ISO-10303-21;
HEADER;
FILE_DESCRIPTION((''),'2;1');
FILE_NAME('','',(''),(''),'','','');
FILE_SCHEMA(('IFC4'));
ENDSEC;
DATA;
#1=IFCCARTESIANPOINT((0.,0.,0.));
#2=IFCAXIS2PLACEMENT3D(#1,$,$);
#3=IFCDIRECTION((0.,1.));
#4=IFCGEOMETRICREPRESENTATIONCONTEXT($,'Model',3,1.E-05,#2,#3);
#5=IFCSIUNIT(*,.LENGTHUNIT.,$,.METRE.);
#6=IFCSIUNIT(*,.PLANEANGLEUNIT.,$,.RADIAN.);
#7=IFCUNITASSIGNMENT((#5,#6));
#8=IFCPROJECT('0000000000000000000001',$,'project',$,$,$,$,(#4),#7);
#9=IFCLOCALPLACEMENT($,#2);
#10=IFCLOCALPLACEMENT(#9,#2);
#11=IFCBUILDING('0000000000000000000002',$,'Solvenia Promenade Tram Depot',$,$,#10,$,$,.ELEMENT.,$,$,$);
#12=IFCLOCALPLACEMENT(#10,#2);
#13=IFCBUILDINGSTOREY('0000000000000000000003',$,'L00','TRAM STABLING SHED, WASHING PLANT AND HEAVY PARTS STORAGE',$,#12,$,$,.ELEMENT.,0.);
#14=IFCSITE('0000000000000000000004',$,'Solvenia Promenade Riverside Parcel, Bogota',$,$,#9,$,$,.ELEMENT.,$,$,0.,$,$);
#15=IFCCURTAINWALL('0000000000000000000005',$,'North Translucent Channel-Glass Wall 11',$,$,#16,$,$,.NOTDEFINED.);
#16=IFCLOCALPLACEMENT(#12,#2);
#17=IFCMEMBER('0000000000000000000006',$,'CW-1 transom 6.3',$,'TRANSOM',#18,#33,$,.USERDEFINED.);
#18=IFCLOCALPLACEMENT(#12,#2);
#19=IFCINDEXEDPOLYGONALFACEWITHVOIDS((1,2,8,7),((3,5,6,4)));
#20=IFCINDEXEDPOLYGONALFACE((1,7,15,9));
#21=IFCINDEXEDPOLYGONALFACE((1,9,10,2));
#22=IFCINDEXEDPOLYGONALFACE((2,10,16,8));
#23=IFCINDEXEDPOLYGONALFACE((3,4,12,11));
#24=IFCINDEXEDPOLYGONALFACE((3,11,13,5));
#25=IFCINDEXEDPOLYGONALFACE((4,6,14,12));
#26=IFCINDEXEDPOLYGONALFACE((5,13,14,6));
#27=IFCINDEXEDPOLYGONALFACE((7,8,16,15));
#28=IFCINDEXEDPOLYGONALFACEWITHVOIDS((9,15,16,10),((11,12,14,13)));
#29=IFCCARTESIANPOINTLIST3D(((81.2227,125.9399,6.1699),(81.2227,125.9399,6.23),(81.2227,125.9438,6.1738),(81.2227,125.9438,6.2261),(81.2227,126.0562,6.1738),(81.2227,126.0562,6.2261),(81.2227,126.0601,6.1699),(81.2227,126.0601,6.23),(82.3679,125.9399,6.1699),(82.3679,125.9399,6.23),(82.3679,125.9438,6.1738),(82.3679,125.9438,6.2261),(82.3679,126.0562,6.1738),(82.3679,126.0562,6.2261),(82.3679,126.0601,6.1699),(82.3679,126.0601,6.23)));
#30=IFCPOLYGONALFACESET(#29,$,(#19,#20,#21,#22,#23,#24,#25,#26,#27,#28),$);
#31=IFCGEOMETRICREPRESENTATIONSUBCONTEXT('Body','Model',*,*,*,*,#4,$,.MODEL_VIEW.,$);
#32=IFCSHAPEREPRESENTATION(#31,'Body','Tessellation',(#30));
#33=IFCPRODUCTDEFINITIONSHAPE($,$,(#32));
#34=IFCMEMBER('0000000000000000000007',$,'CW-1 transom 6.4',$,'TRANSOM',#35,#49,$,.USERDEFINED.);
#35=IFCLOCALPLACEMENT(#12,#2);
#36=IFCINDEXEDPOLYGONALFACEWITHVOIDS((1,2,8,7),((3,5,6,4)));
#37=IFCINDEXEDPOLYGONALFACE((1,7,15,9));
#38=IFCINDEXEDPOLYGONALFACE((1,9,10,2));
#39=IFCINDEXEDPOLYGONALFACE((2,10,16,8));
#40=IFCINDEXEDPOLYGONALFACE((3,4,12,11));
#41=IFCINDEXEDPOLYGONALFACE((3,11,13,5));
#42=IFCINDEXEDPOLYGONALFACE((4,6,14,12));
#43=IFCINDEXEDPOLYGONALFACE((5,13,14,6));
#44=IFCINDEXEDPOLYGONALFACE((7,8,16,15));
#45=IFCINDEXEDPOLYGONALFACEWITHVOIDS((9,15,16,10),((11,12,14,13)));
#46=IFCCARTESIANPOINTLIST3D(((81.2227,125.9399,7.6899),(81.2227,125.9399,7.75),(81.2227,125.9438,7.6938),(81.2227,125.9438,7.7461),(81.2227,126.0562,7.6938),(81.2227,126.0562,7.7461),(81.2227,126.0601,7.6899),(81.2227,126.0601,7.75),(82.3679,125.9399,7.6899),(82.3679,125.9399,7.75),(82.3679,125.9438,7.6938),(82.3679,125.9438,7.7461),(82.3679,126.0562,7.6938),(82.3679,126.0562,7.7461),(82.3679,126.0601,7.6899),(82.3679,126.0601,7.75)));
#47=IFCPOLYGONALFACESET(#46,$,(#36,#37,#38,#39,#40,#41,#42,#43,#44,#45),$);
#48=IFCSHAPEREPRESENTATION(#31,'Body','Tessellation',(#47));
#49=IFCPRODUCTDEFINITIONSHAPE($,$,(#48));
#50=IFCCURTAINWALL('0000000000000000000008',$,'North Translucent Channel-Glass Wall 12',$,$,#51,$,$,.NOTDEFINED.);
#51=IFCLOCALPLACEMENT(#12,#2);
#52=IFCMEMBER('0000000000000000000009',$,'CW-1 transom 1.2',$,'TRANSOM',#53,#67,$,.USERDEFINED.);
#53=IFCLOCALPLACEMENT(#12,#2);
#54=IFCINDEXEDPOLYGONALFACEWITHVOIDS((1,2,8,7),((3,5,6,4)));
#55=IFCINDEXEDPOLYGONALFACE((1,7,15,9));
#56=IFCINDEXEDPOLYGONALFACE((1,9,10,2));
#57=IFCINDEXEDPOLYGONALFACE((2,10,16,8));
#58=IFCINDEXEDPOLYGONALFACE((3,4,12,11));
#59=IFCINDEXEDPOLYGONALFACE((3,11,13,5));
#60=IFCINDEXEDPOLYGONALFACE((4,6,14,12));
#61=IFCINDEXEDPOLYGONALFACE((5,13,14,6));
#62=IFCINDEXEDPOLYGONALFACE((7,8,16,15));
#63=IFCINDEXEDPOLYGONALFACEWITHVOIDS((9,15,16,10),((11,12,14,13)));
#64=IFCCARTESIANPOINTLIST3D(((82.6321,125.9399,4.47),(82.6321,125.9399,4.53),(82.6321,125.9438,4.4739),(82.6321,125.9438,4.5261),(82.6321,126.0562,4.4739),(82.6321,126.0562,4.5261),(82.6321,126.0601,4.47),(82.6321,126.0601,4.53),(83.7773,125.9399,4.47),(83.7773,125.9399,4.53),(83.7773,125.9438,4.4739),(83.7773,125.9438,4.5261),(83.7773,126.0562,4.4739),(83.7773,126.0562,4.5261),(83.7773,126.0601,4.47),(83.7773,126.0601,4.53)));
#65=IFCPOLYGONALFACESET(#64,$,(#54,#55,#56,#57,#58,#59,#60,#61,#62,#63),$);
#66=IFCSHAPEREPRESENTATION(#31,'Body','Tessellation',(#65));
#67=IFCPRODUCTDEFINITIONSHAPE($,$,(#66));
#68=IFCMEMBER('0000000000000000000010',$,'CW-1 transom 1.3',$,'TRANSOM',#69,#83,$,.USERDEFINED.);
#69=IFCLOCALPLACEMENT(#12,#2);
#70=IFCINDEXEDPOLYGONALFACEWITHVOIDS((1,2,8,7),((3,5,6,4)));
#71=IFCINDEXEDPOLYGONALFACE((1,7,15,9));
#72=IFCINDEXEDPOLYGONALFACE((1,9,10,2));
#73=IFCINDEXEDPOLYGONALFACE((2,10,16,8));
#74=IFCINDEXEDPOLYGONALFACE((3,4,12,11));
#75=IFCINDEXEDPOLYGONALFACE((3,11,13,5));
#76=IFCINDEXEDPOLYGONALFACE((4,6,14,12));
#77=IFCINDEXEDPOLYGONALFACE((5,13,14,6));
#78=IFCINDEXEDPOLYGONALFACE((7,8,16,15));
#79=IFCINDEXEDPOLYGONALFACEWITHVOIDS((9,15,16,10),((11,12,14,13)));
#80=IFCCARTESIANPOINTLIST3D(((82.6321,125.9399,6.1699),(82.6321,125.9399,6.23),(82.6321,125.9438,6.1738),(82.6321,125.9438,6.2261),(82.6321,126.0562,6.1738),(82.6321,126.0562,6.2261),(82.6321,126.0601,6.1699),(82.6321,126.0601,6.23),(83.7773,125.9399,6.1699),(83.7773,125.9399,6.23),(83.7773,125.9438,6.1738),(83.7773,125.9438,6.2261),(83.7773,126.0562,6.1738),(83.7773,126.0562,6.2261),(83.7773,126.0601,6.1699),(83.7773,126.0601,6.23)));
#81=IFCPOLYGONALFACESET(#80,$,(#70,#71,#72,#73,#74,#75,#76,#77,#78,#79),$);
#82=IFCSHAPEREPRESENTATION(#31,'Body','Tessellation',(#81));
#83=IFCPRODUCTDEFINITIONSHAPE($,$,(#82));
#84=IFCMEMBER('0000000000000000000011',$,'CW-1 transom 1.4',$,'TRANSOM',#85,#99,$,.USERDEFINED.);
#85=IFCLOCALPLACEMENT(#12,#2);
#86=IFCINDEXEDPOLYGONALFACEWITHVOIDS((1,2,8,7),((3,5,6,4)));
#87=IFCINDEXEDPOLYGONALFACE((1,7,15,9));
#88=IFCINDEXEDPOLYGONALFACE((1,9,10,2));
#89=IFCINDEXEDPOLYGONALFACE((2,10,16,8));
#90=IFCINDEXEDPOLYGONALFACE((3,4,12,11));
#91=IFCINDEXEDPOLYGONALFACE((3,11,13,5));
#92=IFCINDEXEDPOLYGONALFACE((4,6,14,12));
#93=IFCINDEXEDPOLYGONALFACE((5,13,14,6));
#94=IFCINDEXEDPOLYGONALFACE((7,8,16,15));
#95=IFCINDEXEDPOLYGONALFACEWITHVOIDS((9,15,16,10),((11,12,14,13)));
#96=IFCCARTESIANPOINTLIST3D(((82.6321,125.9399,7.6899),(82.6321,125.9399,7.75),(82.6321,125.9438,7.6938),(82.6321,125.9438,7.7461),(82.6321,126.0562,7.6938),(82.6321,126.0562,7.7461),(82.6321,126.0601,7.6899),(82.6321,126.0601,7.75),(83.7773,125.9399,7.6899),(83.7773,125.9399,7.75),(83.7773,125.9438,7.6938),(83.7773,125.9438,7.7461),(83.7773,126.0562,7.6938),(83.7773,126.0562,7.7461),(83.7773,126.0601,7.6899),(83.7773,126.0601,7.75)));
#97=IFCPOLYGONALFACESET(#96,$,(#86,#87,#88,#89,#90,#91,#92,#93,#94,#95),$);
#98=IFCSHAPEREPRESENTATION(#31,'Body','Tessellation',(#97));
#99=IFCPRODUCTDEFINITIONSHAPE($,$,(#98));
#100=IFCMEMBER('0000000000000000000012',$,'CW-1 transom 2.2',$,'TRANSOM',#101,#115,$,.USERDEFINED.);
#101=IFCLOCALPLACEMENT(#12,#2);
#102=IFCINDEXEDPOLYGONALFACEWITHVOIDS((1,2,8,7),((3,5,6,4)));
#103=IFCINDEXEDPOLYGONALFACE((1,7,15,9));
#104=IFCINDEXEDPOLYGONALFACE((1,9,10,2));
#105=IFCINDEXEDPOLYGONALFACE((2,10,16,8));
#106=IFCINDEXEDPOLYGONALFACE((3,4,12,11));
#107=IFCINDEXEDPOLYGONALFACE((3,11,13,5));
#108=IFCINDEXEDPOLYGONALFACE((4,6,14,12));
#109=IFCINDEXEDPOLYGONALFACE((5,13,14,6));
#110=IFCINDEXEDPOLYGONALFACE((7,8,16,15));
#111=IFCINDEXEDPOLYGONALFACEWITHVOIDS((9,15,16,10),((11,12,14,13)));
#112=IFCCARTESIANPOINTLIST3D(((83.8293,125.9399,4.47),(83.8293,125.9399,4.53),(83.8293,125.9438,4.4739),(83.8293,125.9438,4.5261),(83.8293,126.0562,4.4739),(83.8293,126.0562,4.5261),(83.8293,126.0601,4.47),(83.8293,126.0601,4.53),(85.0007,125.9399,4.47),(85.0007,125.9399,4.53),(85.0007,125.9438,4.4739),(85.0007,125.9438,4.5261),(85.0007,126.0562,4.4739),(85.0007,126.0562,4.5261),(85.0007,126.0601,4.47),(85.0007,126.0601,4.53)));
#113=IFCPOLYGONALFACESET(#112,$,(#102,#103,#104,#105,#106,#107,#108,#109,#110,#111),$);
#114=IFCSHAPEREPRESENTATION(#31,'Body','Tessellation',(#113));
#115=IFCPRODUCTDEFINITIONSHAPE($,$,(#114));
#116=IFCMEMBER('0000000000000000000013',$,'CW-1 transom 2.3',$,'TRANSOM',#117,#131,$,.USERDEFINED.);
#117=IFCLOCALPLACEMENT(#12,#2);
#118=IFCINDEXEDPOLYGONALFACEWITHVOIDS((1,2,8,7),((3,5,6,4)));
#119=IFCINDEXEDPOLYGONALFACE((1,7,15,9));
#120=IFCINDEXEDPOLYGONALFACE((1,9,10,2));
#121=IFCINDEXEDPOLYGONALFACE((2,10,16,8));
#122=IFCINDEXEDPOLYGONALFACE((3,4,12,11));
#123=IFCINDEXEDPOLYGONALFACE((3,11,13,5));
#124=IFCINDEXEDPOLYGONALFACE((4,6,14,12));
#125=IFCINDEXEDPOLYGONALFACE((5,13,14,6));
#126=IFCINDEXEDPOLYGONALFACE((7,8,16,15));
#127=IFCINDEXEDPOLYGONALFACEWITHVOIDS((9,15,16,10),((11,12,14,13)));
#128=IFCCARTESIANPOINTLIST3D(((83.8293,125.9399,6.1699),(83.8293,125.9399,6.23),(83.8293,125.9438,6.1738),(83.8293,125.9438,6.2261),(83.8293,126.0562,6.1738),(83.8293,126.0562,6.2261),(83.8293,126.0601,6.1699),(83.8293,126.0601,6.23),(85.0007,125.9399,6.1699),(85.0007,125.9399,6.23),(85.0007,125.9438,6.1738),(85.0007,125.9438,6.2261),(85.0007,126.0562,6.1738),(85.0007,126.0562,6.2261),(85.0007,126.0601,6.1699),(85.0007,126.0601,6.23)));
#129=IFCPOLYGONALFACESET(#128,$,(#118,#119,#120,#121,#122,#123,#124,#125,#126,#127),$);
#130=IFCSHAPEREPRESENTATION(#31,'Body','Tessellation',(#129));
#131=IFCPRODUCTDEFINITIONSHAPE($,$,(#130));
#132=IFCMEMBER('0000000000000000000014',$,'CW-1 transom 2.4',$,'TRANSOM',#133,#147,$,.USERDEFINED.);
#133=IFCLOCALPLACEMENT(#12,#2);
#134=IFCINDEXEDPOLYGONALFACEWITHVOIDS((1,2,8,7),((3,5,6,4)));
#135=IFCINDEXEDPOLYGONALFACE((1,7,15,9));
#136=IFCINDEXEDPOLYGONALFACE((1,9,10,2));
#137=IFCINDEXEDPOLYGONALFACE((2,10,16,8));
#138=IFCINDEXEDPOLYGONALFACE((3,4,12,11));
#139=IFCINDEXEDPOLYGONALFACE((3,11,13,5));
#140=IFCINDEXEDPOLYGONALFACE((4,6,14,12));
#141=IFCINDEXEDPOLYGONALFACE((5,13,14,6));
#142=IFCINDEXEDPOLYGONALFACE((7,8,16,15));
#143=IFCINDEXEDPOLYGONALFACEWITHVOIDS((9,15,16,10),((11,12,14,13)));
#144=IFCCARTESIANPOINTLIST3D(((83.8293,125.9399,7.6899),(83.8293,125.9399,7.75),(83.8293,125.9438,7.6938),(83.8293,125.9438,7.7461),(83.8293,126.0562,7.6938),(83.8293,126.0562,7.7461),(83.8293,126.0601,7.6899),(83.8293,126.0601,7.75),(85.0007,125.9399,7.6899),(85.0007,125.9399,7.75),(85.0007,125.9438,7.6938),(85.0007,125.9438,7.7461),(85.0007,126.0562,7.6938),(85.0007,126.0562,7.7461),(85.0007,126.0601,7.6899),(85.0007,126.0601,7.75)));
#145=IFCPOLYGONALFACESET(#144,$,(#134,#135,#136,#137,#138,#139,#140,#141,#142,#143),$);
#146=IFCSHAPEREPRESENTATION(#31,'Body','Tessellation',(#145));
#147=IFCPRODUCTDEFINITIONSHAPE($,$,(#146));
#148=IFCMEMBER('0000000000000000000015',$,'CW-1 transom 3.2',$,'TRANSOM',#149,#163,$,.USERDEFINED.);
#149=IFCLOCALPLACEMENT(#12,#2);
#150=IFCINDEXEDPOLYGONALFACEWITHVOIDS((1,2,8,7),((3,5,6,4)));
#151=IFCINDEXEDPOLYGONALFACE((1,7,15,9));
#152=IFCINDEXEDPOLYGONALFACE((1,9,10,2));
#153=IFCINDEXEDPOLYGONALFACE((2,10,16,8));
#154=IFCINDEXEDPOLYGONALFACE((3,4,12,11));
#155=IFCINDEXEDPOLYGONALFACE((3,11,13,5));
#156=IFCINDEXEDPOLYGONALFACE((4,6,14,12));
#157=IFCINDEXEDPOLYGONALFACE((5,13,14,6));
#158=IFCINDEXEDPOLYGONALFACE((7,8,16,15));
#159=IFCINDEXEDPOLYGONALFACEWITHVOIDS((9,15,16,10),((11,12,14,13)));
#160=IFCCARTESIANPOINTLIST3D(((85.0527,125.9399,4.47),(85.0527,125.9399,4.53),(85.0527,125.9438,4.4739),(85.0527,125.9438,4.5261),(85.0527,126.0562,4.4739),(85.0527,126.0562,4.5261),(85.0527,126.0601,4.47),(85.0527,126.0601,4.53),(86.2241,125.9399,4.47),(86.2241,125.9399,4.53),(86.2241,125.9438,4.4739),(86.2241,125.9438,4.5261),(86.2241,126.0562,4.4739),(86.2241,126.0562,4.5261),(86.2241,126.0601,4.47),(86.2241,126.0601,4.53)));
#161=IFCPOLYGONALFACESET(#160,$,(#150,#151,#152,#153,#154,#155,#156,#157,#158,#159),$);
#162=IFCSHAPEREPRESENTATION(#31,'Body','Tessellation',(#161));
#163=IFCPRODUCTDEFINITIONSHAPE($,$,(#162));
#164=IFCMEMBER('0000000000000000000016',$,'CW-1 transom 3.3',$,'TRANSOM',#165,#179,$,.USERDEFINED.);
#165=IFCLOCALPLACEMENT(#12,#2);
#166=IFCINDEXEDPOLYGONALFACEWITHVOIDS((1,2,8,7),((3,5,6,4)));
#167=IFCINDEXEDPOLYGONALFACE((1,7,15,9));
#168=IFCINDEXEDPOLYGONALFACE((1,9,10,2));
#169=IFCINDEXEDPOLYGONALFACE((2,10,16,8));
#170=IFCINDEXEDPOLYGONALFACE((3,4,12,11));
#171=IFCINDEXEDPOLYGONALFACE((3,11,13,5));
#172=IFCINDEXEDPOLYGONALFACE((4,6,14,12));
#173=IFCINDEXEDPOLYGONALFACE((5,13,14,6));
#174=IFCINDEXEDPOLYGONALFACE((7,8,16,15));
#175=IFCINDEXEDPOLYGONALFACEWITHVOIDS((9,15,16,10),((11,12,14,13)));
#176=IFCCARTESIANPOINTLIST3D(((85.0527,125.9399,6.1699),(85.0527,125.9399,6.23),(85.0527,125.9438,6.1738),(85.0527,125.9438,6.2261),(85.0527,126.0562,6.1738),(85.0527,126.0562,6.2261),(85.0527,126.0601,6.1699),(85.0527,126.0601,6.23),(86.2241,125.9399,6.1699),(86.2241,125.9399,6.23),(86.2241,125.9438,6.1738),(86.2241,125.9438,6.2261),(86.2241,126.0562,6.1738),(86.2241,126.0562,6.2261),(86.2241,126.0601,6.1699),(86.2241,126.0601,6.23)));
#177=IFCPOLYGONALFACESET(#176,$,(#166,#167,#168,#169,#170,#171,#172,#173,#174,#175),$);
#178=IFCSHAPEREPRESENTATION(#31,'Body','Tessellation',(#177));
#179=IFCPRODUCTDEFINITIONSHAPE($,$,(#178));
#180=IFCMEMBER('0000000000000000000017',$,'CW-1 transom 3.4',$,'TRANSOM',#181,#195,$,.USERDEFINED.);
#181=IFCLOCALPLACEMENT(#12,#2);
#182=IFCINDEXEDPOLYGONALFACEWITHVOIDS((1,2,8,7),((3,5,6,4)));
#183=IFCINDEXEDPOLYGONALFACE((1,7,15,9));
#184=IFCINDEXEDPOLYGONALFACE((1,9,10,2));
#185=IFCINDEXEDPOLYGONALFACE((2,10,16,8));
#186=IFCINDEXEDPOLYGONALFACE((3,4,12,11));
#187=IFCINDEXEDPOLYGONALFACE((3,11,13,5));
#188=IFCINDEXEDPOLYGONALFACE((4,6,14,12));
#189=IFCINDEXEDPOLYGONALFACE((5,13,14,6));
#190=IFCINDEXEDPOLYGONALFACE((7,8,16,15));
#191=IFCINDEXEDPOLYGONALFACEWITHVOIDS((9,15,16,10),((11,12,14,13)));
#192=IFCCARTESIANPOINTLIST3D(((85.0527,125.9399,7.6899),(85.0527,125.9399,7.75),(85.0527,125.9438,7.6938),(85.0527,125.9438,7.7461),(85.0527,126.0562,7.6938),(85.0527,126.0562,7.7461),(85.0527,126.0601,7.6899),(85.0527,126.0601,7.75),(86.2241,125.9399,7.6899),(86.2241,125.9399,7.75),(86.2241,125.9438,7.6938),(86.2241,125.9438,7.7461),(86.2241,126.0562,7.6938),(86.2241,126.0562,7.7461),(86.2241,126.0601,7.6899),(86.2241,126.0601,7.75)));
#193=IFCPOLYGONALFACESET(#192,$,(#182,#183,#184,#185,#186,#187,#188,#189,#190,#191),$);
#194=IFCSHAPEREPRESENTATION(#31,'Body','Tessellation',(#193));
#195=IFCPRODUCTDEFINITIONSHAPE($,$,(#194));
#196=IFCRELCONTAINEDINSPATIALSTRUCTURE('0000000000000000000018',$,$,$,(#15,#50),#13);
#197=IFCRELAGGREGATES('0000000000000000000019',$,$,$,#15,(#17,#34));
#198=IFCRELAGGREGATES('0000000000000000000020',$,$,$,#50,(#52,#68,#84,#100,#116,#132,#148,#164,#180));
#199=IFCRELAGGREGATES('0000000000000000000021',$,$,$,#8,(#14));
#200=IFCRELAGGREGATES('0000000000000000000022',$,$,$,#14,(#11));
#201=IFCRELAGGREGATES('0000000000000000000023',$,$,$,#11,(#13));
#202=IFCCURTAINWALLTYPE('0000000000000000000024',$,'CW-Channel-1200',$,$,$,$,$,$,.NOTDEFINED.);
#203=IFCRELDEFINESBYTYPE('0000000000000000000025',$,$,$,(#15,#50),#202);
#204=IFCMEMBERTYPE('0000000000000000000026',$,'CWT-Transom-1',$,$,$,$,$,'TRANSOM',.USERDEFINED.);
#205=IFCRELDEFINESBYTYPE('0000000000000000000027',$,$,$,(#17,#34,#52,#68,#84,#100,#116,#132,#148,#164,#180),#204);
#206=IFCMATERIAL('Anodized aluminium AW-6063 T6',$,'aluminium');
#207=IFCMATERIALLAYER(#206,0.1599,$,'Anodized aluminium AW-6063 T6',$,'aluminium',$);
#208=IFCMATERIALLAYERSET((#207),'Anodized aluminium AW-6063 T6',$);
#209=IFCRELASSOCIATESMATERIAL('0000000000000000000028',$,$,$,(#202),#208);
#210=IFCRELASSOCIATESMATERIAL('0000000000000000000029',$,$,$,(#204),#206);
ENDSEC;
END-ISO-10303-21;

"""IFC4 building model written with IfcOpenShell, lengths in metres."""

from ifc_helpers import new_model, si_unit, direction, frame, origin, origin_2d, place, context, subcontext, project, spatial, hollow_rectangle, extrude, material, layer, layer_set, material_profile, profile_set, type_object, element, aggregate, save


model = new_model("IFC4")

# Units and contexts
model_context = context("Model", 3, precision=1e-05, world=origin(), true_north=direction((0.0, 1.0)))
body_context = subcontext(model_context, "Body", "Model", "MODEL_VIEW")
ifc_project = project(units=[si_unit("LENGTHUNIT", "METRE"), si_unit("PLANEANGLEUNIT", "RADIAN")], contexts=[model_context])

# Site, building, storey
site_placement = place(None, origin())
site = spatial("IfcSite", under=ifc_project, at=site_placement, Name="Solvenia Promenade Riverside Parcel, Bogota", CompositionType="ELEMENT", RefElevation=0.0)
building_placement = place(site_placement, origin())
building = spatial("IfcBuilding", under=site, at=building_placement, Name="Solvenia Promenade Tram Depot", CompositionType="ELEMENT")
storey_placement = place(building_placement, origin())
storey = spatial("IfcBuildingStorey", under=building, at=storey_placement, Name="L00", Description="TRAM STABLING SHED, WASHING PLANT AND HEAVY PARTS STORAGE", CompositionType="ELEMENT", Elevation=0.0)

# Curtain walls, members
ifc_material_1 = material(Name="Anodized aluminium AW-6063 T6", Category="aluminium")
ifc_layer_1 = layer(ifc_material_1, 0.1599, Name="Anodized aluminium AW-6063 T6", Category="aluminium")
ifc_layer_set_1 = layer_set([ifc_layer_1], Name="Anodized aluminium AW-6063 T6")
curtain_wall_type = type_object("IfcCurtainWallType", Name="CW-Channel-1200", PredefinedType="NOTDEFINED", material=ifc_layer_set_1)
curtain_wall_1_placement = place(storey_placement, origin())
curtain_wall_1 = element("IfcCurtainWall", 1, at=curtain_wall_1_placement, inside=storey, type_object=curtain_wall_type, Name="North Translucent Channel-Glass Wall 11", PredefinedType="NOTDEFINED")
ifc_material_profile = material_profile(ifc_material_1, hollow_rectangle(XDim=0.1201, YDim=0.0601, WallThickness=0.0039, at=origin_2d()), Name="ALU-T1", Category="aluminium")
ifc_profile_set = profile_set([ifc_material_profile], Name="Anodized aluminium AW-6063 T6")
member_type = type_object("IfcMemberType", Name="CWT-Transom-1", ElementType="TRANSOM", PredefinedType="USERDEFINED", material=ifc_profile_set)
member_1_placement = place(storey_placement, frame((81.2227, 126.0, 6.2), z_axis=(1.0, 0.0, 0.0), x_axis=(0.0, 1.0, 0.0)))
member_1 = element("IfcMember", 2, at=member_1_placement, type_object=member_type, Name="CW-1 transom 6.3", ObjectType="TRANSOM", PredefinedType="USERDEFINED", context=body_context, shape_type="SweptSolid", body=[
    extrude(hollow_rectangle(XDim=0.1201, YDim=0.0601, WallThickness=0.0039, at=origin_2d()), origin(), (0.0, 0.0, 1.0), 1.1453),
])
member_2_placement = place(storey_placement, frame((81.2227, 126.0, 7.72), z_axis=(1.0, 0.0, 0.0), x_axis=(0.0, 1.0, 0.0)))
member_2 = element("IfcMember", 3, at=member_2_placement, type_object=member_type, Name="CW-1 transom 6.4", ObjectType="TRANSOM", PredefinedType="USERDEFINED", context=body_context, shape_type="SweptSolid", body=[
    extrude(hollow_rectangle(XDim=0.1201, YDim=0.0601, WallThickness=0.0039, at=origin_2d()), origin(), (0.0, 0.0, 1.0), 1.1453),
])
curtain_wall_2_placement = place(storey_placement, origin())
curtain_wall_2 = element("IfcCurtainWall", 4, at=curtain_wall_2_placement, inside=storey, type_object=curtain_wall_type, Name="North Translucent Channel-Glass Wall 12", PredefinedType="NOTDEFINED")
member_3_placement = place(storey_placement, frame((82.6321, 126.0, 4.5), z_axis=(1.0, 0.0, 0.0), x_axis=(0.0, 1.0, 0.0)))
member_3 = element("IfcMember", 5, at=member_3_placement, type_object=member_type, Name="CW-1 transom 1.2", ObjectType="TRANSOM", PredefinedType="USERDEFINED", context=body_context, shape_type="SweptSolid", body=[
    extrude(hollow_rectangle(XDim=0.1201, YDim=0.0601, WallThickness=0.0039, at=origin_2d()), origin(), (0.0, 0.0, 1.0), 1.1453),
])
member_4_placement = place(storey_placement, frame((82.6321, 126.0, 6.2), z_axis=(1.0, 0.0, 0.0), x_axis=(0.0, 1.0, 0.0)))
member_4 = element("IfcMember", 6, at=member_4_placement, type_object=member_type, Name="CW-1 transom 1.3", ObjectType="TRANSOM", PredefinedType="USERDEFINED", context=body_context, shape_type="SweptSolid", body=[
    extrude(hollow_rectangle(XDim=0.1201, YDim=0.0601, WallThickness=0.0039, at=origin_2d()), origin(), (0.0, 0.0, 1.0), 1.1453),
])
member_5_placement = place(storey_placement, frame((82.6321, 126.0, 7.72), z_axis=(1.0, 0.0, 0.0), x_axis=(0.0, 1.0, 0.0)))
member_5 = element("IfcMember", 7, at=member_5_placement, type_object=member_type, Name="CW-1 transom 1.4", ObjectType="TRANSOM", PredefinedType="USERDEFINED", context=body_context, shape_type="SweptSolid", body=[
    extrude(hollow_rectangle(XDim=0.1201, YDim=0.0601, WallThickness=0.0039, at=origin_2d()), origin(), (0.0, 0.0, 1.0), 1.1453),
])
member_6_placement = place(storey_placement, frame((83.8293, 126.0, 4.5), z_axis=(1.0, 0.0, 0.0), x_axis=(0.0, 1.0, 0.0)))
member_6 = element("IfcMember", 8, at=member_6_placement, type_object=member_type, Name="CW-1 transom 2.2", ObjectType="TRANSOM", PredefinedType="USERDEFINED", context=body_context, shape_type="SweptSolid", body=[
    extrude(hollow_rectangle(XDim=0.1201, YDim=0.0601, WallThickness=0.0039, at=origin_2d()), origin(), (0.0, 0.0, 1.0), 1.1714),
])
member_7_placement = place(storey_placement, frame((83.8293, 126.0, 6.2), z_axis=(1.0, 0.0, 0.0), x_axis=(0.0, 1.0, 0.0)))
member_7 = element("IfcMember", 9, at=member_7_placement, type_object=member_type, Name="CW-1 transom 2.3", ObjectType="TRANSOM", PredefinedType="USERDEFINED", context=body_context, shape_type="SweptSolid", body=[
    extrude(hollow_rectangle(XDim=0.1201, YDim=0.0601, WallThickness=0.0039, at=origin_2d()), origin(), (0.0, 0.0, 1.0), 1.1714),
])
member_8_placement = place(storey_placement, frame((83.8293, 126.0, 7.72), z_axis=(1.0, 0.0, 0.0), x_axis=(0.0, 1.0, 0.0)))
member_8 = element("IfcMember", 10, at=member_8_placement, type_object=member_type, Name="CW-1 transom 2.4", ObjectType="TRANSOM", PredefinedType="USERDEFINED", context=body_context, shape_type="SweptSolid", body=[
    extrude(hollow_rectangle(XDim=0.1201, YDim=0.0601, WallThickness=0.0039, at=origin_2d()), origin(), (0.0, 0.0, 1.0), 1.1714),
])
member_9_placement = place(storey_placement, frame((85.0527, 126.0, 4.5), z_axis=(1.0, 0.0, 0.0), x_axis=(0.0, 1.0, 0.0)))
member_9 = element("IfcMember", 11, at=member_9_placement, type_object=member_type, Name="CW-1 transom 3.2", ObjectType="TRANSOM", PredefinedType="USERDEFINED", context=body_context, shape_type="SweptSolid", body=[
    extrude(hollow_rectangle(XDim=0.1201, YDim=0.0601, WallThickness=0.0039, at=origin_2d()), origin(), (0.0, 0.0, 1.0), 1.1714),
])
member_10_placement = place(storey_placement, frame((85.0527, 126.0, 6.2), z_axis=(1.0, 0.0, 0.0), x_axis=(0.0, 1.0, 0.0)))
member_10 = element("IfcMember", 12, at=member_10_placement, type_object=member_type, Name="CW-1 transom 3.3", ObjectType="TRANSOM", PredefinedType="USERDEFINED", context=body_context, shape_type="SweptSolid", body=[
    extrude(hollow_rectangle(XDim=0.1201, YDim=0.0601, WallThickness=0.0039, at=origin_2d()), origin(), (0.0, 0.0, 1.0), 1.1714),
])
member_11_placement = place(storey_placement, frame((85.0527, 126.0, 7.72), z_axis=(1.0, 0.0, 0.0), x_axis=(0.0, 1.0, 0.0)))
member_11 = element("IfcMember", 13, at=member_11_placement, type_object=member_type, Name="CW-1 transom 3.4", ObjectType="TRANSOM", PredefinedType="USERDEFINED", context=body_context, shape_type="SweptSolid", body=[
    extrude(hollow_rectangle(XDim=0.1201, YDim=0.0601, WallThickness=0.0039, at=origin_2d()), origin(), (0.0, 0.0, 1.0), 1.1714),
])

aggregate(curtain_wall_1, [member_1, member_2])
aggregate(curtain_wall_2, [member_3, member_4, member_5, member_6, member_7, member_8, member_9, member_10, member_11])

save(model, "model.ifc")
